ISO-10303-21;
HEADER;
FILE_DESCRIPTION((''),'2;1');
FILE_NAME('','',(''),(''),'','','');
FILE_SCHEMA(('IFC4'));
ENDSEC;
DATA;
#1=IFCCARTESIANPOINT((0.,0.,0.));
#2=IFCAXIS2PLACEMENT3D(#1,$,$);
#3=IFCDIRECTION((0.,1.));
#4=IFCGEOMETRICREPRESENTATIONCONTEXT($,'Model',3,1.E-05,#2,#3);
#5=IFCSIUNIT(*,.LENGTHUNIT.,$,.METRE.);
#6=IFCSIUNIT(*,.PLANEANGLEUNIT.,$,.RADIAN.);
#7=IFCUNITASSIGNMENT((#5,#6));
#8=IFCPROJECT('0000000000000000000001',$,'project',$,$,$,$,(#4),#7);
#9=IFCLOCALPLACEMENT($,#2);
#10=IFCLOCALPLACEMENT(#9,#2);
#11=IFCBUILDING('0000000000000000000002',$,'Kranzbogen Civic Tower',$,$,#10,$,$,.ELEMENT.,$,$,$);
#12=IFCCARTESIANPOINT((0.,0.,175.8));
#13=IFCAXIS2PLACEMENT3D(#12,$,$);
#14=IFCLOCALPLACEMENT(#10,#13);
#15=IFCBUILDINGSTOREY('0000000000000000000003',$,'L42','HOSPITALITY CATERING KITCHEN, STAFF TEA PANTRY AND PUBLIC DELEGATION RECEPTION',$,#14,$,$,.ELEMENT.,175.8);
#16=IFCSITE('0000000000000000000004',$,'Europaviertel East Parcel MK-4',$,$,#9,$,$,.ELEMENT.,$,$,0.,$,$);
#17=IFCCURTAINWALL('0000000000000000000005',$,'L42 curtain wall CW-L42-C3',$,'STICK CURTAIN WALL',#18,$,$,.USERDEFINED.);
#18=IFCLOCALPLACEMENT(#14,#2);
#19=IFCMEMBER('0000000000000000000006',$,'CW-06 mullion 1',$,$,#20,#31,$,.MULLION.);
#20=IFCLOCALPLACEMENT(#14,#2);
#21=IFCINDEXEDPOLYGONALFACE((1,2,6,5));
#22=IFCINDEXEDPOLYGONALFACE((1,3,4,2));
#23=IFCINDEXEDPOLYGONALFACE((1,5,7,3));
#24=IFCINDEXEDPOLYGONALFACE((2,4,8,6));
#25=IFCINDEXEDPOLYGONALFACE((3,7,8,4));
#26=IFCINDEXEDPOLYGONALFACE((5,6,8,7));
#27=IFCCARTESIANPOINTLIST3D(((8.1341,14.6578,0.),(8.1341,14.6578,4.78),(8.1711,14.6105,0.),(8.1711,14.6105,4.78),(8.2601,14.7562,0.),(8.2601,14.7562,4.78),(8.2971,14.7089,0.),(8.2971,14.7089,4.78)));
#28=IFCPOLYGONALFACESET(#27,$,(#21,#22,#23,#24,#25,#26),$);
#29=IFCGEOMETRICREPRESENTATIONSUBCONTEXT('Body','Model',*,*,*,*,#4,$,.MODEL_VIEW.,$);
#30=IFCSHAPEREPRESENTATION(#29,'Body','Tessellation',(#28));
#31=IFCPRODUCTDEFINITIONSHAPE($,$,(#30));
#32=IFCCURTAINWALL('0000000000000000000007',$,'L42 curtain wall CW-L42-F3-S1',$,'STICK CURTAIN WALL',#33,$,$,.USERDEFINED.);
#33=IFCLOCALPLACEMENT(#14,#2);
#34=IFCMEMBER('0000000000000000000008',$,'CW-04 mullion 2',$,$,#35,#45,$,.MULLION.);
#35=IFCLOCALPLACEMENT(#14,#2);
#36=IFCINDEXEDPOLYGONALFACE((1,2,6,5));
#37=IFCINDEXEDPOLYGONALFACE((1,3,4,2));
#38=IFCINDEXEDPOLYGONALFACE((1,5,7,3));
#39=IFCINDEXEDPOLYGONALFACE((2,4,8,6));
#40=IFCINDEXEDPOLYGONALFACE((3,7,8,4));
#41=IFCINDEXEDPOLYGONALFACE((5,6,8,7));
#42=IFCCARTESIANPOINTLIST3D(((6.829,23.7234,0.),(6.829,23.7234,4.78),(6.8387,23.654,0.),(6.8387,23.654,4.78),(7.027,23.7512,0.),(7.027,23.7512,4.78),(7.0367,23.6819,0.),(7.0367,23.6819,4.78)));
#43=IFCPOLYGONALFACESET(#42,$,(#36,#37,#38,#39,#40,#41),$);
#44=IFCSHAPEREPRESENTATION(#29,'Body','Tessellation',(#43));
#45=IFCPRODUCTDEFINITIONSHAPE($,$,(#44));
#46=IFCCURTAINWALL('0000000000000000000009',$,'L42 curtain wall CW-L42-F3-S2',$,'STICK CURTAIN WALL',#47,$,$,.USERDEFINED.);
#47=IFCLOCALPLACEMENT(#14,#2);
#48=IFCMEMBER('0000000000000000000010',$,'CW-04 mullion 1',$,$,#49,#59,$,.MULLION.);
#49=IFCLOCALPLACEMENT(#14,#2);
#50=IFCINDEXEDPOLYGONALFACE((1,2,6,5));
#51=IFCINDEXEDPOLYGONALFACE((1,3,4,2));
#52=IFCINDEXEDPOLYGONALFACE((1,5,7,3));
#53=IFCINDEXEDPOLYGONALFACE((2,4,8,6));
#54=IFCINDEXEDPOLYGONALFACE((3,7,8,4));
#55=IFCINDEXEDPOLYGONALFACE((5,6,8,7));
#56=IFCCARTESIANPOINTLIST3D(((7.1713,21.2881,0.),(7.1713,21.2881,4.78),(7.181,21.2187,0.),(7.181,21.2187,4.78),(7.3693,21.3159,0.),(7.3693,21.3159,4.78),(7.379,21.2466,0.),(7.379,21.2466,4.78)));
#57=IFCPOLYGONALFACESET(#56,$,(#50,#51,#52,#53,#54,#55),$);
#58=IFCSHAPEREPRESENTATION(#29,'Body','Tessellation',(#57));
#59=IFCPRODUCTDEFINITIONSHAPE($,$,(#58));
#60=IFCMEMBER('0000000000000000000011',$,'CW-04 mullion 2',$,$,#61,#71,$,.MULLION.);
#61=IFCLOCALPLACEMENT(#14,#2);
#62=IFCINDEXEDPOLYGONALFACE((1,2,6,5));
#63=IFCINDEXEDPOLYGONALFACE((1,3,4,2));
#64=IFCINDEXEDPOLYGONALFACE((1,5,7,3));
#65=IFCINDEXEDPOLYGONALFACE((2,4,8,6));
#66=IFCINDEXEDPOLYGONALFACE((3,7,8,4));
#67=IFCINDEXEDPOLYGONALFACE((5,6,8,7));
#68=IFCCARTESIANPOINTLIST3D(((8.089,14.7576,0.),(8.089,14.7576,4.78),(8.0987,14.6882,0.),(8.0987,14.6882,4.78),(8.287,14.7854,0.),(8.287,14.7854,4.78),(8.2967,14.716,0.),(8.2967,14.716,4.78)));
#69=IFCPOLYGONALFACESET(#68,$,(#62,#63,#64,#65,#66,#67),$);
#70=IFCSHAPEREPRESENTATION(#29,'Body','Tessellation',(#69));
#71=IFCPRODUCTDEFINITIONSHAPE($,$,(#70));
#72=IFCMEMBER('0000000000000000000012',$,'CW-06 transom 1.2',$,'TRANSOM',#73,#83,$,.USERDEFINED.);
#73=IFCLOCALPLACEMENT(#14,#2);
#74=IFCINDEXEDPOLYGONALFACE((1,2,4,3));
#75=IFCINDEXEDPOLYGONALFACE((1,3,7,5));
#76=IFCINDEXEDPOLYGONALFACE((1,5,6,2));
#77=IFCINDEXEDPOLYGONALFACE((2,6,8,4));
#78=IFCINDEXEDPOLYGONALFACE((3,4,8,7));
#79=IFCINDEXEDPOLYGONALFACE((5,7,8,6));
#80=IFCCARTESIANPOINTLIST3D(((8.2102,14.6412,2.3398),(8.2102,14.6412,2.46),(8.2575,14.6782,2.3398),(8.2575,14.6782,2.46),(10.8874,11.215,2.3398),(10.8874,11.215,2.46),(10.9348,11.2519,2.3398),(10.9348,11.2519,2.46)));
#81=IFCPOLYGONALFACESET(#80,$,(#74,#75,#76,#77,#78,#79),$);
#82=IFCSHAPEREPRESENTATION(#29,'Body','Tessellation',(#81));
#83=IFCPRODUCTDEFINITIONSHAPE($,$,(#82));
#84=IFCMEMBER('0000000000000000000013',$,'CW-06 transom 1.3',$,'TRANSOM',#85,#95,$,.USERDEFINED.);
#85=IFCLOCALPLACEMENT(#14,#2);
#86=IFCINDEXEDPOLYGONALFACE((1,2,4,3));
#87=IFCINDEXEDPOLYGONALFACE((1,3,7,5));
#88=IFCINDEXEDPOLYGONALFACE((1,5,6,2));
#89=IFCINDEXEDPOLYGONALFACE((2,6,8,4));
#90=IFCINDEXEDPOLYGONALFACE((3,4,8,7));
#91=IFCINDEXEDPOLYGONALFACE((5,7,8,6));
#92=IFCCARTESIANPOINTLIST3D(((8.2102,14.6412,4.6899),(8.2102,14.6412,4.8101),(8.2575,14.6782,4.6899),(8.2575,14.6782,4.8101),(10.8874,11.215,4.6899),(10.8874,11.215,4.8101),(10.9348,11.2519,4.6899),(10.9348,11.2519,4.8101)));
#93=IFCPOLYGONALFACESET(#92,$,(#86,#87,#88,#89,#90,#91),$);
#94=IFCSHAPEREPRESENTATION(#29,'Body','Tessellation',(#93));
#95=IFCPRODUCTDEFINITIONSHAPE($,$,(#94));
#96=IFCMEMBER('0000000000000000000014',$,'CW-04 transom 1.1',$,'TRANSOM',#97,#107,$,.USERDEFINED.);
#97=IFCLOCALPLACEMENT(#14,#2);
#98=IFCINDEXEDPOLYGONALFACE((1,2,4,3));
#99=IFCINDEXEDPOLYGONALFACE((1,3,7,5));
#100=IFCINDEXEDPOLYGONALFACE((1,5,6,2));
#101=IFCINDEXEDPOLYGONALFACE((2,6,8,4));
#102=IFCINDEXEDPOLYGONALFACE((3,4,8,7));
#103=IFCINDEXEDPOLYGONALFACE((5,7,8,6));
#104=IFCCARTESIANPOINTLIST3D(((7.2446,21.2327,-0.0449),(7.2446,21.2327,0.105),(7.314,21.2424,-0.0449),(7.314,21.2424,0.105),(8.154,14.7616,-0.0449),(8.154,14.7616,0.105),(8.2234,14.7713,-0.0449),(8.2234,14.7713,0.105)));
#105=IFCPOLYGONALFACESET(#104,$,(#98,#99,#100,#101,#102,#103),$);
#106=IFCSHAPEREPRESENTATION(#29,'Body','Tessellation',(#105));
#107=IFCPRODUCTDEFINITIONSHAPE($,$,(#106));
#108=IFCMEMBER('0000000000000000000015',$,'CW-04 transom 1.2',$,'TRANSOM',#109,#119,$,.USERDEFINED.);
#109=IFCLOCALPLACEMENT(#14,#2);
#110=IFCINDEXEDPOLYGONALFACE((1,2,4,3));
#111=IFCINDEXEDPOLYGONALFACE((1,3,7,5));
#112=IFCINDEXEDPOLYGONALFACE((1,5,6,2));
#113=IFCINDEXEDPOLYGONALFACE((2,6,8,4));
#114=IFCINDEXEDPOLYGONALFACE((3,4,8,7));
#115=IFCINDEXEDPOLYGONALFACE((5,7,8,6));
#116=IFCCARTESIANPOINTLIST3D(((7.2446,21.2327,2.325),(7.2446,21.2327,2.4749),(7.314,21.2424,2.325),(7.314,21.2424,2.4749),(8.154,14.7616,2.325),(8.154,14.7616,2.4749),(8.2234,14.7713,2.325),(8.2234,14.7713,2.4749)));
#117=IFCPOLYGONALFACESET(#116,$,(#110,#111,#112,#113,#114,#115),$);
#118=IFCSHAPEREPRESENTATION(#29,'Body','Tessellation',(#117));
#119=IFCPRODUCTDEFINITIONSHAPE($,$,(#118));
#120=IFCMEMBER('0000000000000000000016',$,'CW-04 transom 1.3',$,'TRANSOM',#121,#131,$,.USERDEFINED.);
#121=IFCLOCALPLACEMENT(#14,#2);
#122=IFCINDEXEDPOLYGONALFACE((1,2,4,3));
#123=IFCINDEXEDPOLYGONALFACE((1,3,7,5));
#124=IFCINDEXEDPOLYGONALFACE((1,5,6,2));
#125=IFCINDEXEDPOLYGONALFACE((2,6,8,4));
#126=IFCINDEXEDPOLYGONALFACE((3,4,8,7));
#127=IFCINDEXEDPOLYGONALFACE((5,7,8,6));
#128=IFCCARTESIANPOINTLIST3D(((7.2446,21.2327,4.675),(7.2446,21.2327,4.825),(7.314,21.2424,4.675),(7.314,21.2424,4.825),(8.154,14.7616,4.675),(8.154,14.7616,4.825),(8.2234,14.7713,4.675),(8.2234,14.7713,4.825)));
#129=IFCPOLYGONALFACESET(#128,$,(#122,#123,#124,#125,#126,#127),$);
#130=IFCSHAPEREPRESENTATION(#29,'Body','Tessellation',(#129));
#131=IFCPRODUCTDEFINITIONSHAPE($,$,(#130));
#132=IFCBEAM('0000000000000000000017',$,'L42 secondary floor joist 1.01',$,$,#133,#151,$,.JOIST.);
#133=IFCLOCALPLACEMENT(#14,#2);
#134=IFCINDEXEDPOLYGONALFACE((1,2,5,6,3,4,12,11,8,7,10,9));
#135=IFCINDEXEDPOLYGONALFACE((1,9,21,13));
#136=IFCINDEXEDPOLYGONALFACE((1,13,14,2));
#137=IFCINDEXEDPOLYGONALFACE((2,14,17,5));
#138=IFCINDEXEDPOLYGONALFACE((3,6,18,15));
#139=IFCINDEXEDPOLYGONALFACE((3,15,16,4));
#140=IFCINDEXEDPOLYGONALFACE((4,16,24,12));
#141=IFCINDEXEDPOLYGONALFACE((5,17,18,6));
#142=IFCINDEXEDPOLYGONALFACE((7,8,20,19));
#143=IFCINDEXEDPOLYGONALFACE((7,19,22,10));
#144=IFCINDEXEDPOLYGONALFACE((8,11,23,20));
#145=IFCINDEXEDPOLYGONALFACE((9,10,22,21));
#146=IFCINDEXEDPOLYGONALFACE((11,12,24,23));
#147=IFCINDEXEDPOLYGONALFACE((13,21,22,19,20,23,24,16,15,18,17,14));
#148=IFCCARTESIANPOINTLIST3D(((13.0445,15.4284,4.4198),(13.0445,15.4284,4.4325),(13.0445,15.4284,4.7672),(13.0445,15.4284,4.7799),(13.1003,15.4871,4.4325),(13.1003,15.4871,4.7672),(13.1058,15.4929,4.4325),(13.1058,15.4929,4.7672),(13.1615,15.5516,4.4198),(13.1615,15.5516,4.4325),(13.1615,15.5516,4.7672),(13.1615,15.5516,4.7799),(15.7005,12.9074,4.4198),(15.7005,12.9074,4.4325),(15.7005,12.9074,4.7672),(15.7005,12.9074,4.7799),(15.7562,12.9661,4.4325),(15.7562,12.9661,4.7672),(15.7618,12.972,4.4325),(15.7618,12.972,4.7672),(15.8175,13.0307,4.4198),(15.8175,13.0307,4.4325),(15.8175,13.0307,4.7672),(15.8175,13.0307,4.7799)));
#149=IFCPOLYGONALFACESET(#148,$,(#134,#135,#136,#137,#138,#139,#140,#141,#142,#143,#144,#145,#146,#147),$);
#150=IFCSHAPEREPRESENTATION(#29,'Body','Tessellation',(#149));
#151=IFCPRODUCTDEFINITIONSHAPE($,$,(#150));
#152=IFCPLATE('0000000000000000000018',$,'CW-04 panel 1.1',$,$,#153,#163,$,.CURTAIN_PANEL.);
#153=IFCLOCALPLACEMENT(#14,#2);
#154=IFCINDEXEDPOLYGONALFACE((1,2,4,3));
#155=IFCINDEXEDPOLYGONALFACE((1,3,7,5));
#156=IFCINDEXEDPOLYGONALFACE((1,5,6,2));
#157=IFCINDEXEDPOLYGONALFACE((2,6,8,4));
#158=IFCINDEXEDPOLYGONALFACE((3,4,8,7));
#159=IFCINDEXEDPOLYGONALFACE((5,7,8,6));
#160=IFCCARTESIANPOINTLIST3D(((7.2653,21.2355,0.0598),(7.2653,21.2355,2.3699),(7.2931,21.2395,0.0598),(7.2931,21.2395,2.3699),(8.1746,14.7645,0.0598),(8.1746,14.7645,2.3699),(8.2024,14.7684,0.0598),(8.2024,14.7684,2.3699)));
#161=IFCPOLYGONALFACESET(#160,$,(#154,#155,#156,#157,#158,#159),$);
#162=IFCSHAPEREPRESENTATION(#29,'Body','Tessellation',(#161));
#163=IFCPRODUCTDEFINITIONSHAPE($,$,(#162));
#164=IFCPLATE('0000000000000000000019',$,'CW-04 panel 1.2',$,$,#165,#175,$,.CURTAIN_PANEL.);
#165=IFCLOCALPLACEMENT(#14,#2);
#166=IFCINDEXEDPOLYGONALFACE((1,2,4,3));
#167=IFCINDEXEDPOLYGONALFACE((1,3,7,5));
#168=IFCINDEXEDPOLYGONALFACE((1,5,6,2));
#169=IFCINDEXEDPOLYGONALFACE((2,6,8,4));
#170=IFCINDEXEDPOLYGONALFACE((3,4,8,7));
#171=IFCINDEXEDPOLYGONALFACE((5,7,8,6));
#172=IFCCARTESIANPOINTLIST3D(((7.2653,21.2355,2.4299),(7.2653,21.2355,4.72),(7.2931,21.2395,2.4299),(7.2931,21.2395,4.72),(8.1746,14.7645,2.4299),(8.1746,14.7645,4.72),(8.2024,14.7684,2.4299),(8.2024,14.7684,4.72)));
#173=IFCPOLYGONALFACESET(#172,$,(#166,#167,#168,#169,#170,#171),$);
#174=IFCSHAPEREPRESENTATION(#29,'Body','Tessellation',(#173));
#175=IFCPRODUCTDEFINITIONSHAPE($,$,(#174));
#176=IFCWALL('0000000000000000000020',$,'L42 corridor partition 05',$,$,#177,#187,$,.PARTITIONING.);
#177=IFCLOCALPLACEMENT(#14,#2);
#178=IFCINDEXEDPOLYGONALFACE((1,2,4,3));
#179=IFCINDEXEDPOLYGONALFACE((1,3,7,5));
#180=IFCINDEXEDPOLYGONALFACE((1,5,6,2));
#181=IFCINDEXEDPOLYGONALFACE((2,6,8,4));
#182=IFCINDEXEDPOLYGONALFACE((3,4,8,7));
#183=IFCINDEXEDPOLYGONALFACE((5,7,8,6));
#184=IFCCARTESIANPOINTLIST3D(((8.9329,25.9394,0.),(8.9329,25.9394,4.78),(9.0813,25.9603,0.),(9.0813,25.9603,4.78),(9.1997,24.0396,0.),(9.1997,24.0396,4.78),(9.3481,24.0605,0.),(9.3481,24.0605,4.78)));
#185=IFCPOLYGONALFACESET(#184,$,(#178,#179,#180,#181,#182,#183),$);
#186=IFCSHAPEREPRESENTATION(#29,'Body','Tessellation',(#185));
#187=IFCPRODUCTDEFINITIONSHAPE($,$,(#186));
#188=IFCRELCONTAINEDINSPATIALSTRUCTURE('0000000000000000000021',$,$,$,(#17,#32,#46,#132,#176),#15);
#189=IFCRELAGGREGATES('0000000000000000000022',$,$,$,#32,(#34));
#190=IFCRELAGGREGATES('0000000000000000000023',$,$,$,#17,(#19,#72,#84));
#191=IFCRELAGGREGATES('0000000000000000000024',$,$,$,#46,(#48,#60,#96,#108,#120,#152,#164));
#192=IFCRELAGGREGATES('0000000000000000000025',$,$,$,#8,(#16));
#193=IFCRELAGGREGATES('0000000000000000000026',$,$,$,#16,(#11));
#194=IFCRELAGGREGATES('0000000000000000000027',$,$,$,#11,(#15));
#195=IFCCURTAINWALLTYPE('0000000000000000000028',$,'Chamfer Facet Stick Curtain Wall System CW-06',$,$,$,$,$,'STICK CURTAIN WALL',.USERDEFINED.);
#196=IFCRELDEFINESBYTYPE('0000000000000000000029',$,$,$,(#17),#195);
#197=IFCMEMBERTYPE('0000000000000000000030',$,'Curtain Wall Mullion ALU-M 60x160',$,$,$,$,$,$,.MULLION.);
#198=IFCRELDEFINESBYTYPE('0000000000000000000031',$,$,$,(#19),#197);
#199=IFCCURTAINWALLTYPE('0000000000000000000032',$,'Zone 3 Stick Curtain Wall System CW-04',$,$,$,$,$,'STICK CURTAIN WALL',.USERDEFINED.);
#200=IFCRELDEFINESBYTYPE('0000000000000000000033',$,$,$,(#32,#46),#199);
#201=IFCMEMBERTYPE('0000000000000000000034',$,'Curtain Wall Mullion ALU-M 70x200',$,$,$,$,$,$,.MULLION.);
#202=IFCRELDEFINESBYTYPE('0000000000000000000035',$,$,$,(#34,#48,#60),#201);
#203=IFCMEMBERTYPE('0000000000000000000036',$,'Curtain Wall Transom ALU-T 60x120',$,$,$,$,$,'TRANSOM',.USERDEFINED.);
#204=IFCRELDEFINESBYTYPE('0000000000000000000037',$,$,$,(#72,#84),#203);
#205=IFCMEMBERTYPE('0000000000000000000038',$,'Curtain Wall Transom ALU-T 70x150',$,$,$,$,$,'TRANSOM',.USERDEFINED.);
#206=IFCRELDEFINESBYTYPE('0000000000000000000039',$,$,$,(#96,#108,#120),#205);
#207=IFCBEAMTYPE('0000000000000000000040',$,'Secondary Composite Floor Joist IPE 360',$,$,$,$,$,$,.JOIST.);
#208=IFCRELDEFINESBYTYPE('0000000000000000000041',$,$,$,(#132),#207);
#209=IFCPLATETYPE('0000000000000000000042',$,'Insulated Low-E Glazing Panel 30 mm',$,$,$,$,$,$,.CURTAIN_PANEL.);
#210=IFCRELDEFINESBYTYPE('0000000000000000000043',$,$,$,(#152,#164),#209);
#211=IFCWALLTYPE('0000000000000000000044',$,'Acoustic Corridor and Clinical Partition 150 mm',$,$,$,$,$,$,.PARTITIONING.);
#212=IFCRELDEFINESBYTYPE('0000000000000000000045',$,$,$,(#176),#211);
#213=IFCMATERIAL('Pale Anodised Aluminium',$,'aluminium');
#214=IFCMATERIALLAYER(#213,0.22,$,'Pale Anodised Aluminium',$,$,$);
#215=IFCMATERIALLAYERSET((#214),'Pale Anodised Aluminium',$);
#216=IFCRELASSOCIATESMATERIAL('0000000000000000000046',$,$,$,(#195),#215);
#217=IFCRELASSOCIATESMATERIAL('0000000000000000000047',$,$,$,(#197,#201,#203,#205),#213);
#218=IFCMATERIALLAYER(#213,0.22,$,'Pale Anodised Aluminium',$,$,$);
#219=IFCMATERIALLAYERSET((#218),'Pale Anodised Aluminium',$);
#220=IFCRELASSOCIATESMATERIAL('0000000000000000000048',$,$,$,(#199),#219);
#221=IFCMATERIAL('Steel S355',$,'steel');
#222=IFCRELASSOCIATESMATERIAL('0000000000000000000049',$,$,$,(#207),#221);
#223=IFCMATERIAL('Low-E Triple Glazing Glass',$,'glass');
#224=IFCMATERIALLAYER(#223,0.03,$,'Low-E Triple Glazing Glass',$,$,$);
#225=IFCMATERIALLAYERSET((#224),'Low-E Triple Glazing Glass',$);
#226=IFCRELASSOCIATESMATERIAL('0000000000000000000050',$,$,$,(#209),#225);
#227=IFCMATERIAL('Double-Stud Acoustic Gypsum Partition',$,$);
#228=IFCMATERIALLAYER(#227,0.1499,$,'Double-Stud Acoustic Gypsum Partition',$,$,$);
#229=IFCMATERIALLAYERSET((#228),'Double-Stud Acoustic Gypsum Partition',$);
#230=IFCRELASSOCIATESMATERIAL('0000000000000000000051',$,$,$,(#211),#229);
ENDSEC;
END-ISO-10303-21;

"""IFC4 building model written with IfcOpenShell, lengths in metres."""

from ifc_helpers import new_model, si_unit, direction, frame, frame_2d, origin, origin_2d, place, context, subcontext, project, spatial, rectangle, i_section, extrude, material, layer, layer_set, material_profile, profile_set, type_object, element, aggregate, save


model = new_model("IFC4")

# Units and contexts
model_context = context("Model", 3, precision=1e-05, world=origin(), true_north=direction((0.0, 1.0)))
body_context = subcontext(model_context, "Body", "Model", "MODEL_VIEW")
ifc_project = project(units=[si_unit("LENGTHUNIT", "METRE"), si_unit("PLANEANGLEUNIT", "RADIAN")], contexts=[model_context])

# Site, building, storey
site_placement = place(None, origin())
site = spatial("IfcSite", under=ifc_project, at=site_placement, Name="Europaviertel East Parcel MK-4", CompositionType="ELEMENT", RefElevation=0.0)
building_placement = place(site_placement, origin())
building = spatial("IfcBuilding", under=site, at=building_placement, Name="Kranzbogen Civic Tower", CompositionType="ELEMENT")
storey_placement = place(building_placement, frame((0.0, 0.0, 175.8)))
storey = spatial("IfcBuildingStorey", under=building, at=storey_placement, Name="L42", Description="HOSPITALITY CATERING KITCHEN, STAFF TEA PANTRY AND PUBLIC DELEGATION RECEPTION", CompositionType="ELEMENT", Elevation=175.8)

# Curtain walls, members
ifc_material_1 = material(Name="Pale Anodised Aluminium", Category="aluminium")
ifc_layer_1 = layer(ifc_material_1, 0.22, Name="Pale Anodised Aluminium")
ifc_layer_set_1 = layer_set([ifc_layer_1], Name="Pale Anodised Aluminium")
curtain_wall_type_1 = type_object("IfcCurtainWallType", Name="Chamfer Facet Stick Curtain Wall System CW-06", ElementType="STICK CURTAIN WALL", PredefinedType="USERDEFINED", material=ifc_layer_set_1)
curtain_wall_1_placement = place(storey_placement, origin())
curtain_wall_1 = element("IfcCurtainWall", 1, at=curtain_wall_1_placement, inside=storey, type_object=curtain_wall_type_1, Name="L42 curtain wall CW-L42-C3", ObjectType="STICK CURTAIN WALL", PredefinedType="USERDEFINED")
ifc_material_profile_1 = material_profile(ifc_material_1, rectangle(XDim=0.0601, YDim=0.1599, at=origin_2d()), Name="ALU-M 60x160")
ifc_profile_set_1 = profile_set([ifc_material_profile_1], Name="Pale Anodised Aluminium")
member_type_1 = type_object("IfcMemberType", Name="Curtain Wall Mullion ALU-M 60x160", PredefinedType="MULLION", material=ifc_profile_set_1)
member_1_placement = place(storey_placement, frame((8.2156, 14.6833, 0.0), z_axis=(0.0, 0.0, 1.0), x_axis=(0.615674, -0.788001, 0.0)))
member_1 = element("IfcMember", 2, at=member_1_placement, type_object=member_type_1, Name="CW-06 mullion 1", PredefinedType="MULLION", context=body_context, shape_type="SweptSolid", body=[
    extrude(rectangle(XDim=0.0601, YDim=0.1599, at=origin_2d()), origin(), (0.0, 0.0, 1.0), 4.78),
])
ifc_layer_2 = layer(ifc_material_1, 0.22, Name="Pale Anodised Aluminium")
ifc_layer_set_2 = layer_set([ifc_layer_2], Name="Pale Anodised Aluminium")
curtain_wall_type_2 = type_object("IfcCurtainWallType", Name="Zone 3 Stick Curtain Wall System CW-04", ElementType="STICK CURTAIN WALL", PredefinedType="USERDEFINED", material=ifc_layer_set_2)
curtain_wall_2_placement = place(storey_placement, origin())
curtain_wall_2 = element("IfcCurtainWall", 3, at=curtain_wall_2_placement, inside=storey, type_object=curtain_wall_type_2, Name="L42 curtain wall CW-L42-F3-S1", ObjectType="STICK CURTAIN WALL", PredefinedType="USERDEFINED")
ifc_material_profile_2 = material_profile(ifc_material_1, rectangle(XDim=0.0701, YDim=0.2, at=origin_2d()), Name="ALU-M 70x200")
ifc_profile_set_2 = profile_set([ifc_material_profile_2], Name="Pale Anodised Aluminium")
member_type_2 = type_object("IfcMemberType", Name="Curtain Wall Mullion ALU-M 70x200", PredefinedType="MULLION", material=ifc_profile_set_2)
member_2_placement = place(storey_placement, frame((6.9329, 23.7026, 0.0), z_axis=(0.0, 0.0, 1.0), x_axis=(0.139149, -0.990271, 0.0)))
member_2 = element("IfcMember", 4, at=member_2_placement, type_object=member_type_2, Name="CW-04 mullion 2", PredefinedType="MULLION", context=body_context, shape_type="SweptSolid", body=[
    extrude(rectangle(XDim=0.0701, YDim=0.2, at=origin_2d()), origin(), (0.0, 0.0, 1.0), 4.78),
])
aggregate(curtain_wall_2, [member_2])

# Curtain wall, members
curtain_wall_3_placement = place(storey_placement, origin())
curtain_wall_3 = element("IfcCurtainWall", 5, at=curtain_wall_3_placement, inside=storey, type_object=curtain_wall_type_2, Name="L42 curtain wall CW-L42-F3-S2", ObjectType="STICK CURTAIN WALL", PredefinedType="USERDEFINED")
member_3_placement = place(storey_placement, frame((7.2751, 21.2673, 0.0), z_axis=(0.0, 0.0, 1.0), x_axis=(0.139149, -0.990271, 0.0)))
member_3 = element("IfcMember", 6, at=member_3_placement, type_object=member_type_2, Name="CW-04 mullion 1", PredefinedType="MULLION", context=body_context, shape_type="SweptSolid", body=[
    extrude(rectangle(XDim=0.0701, YDim=0.2, at=origin_2d()), origin(), (0.0, 0.0, 1.0), 4.78),
])
member_4_placement = place(storey_placement, frame((8.1929, 14.7368, 0.0), z_axis=(0.0, 0.0, 1.0), x_axis=(0.139149, -0.990271, 0.0)))
member_4 = element("IfcMember", 7, at=member_4_placement, type_object=member_type_2, Name="CW-04 mullion 2", PredefinedType="MULLION", context=body_context, shape_type="SweptSolid", body=[
    extrude(rectangle(XDim=0.0701, YDim=0.2, at=origin_2d()), origin(), (0.0, 0.0, 1.0), 4.78),
])

# Members
ifc_material_profile_3 = material_profile(ifc_material_1, rectangle(XDim=0.0601, YDim=0.1201, at=origin_2d()), Name="ALU-T 60x120")
ifc_profile_set_3 = profile_set([ifc_material_profile_3], Name="Pale Anodised Aluminium")
member_type_3 = type_object("IfcMemberType", Name="Curtain Wall Transom ALU-T 60x120", ElementType="TRANSOM", PredefinedType="USERDEFINED", material=ifc_profile_set_3)
member_5_placement = place(storey_placement, frame((8.2339, 14.6597, 2.3999), z_axis=(0.615712, -0.787972, 0.0), x_axis=(0.787972, 0.615712, 0.0)))
member_5 = element("IfcMember", 8, at=member_5_placement, type_object=member_type_3, Name="CW-06 transom 1.2", ObjectType="TRANSOM", PredefinedType="USERDEFINED", context=body_context, shape_type="SweptSolid", body=[
    extrude(rectangle(XDim=0.0601, YDim=0.1201, at=origin_2d()), origin(), (0.0, 0.0, 1.0), 4.3481),
])
member_6_placement = place(storey_placement, frame((8.2339, 14.6597, 4.75), z_axis=(0.615712, -0.787972, 0.0), x_axis=(0.787972, 0.615712, 0.0)))
member_6 = element("IfcMember", 9, at=member_6_placement, type_object=member_type_3, Name="CW-06 transom 1.3", ObjectType="TRANSOM", PredefinedType="USERDEFINED", context=body_context, shape_type="SweptSolid", body=[
    extrude(rectangle(XDim=0.0601, YDim=0.1201, at=origin_2d()), origin(), (0.0, 0.0, 1.0), 4.3481),
])
aggregate(curtain_wall_1, [member_1, member_5, member_6])
ifc_material_profile_4 = material_profile(ifc_material_1, rectangle(XDim=0.0701, YDim=0.1499, at=origin_2d()), Name="ALU-T 70x150")
ifc_profile_set_4 = profile_set([ifc_material_profile_4], Name="Pale Anodised Aluminium")
member_type_4 = type_object("IfcMemberType", Name="Curtain Wall Transom ALU-T 70x150", ElementType="TRANSOM", PredefinedType="USERDEFINED", material=ifc_profile_set_4)
member_7_placement = place(storey_placement, frame((7.2793, 21.2375, 0.03), z_axis=(0.139167, -0.990269, 0.0), x_axis=(0.990269, 0.139167, 0.0)))
member_7 = element("IfcMember", 10, at=member_7_placement, type_object=member_type_4, Name="CW-04 transom 1.1", ObjectType="TRANSOM", PredefinedType="USERDEFINED", context=body_context, shape_type="SweptSolid", body=[
    extrude(rectangle(XDim=0.0701, YDim=0.1499, at=origin_2d()), origin(), (0.0, 0.0, 1.0), 6.5347),
])
member_8_placement = place(storey_placement, frame((7.2793, 21.2375, 2.3999), z_axis=(0.139167, -0.990269, 0.0), x_axis=(0.990269, 0.139167, 0.0)))
member_8 = element("IfcMember", 11, at=member_8_placement, type_object=member_type_4, Name="CW-04 transom 1.2", ObjectType="TRANSOM", PredefinedType="USERDEFINED", context=body_context, shape_type="SweptSolid", body=[
    extrude(rectangle(XDim=0.0701, YDim=0.1499, at=origin_2d()), origin(), (0.0, 0.0, 1.0), 6.5347),
])
member_9_placement = place(storey_placement, frame((7.2793, 21.2375, 4.75), z_axis=(0.139167, -0.990269, 0.0), x_axis=(0.990269, 0.139167, 0.0)))
member_9 = element("IfcMember", 12, at=member_9_placement, type_object=member_type_4, Name="CW-04 transom 1.3", ObjectType="TRANSOM", PredefinedType="USERDEFINED", context=body_context, shape_type="SweptSolid", body=[
    extrude(rectangle(XDim=0.0701, YDim=0.1499, at=origin_2d()), origin(), (0.0, 0.0, 1.0), 6.5347),
])

# Beam
ifc_material_2 = material(Name="Steel S355", Category="steel")
ifc_material_profile_5 = material_profile(ifc_material_2, i_section(OverallWidth=0.1699, OverallDepth=0.3601, WebThickness=0.0081, FlangeThickness=0.0127, at=origin_2d()), Name="IPE 360")
ifc_profile_set_5 = profile_set([ifc_material_profile_5], Name="Steel S355")
beam_type = type_object("IfcBeamType", Name="Secondary Composite Floor Joist IPE 360", PredefinedType="JOIST", material=ifc_profile_set_5)
beam_placement = place(storey_placement, frame((13.103, 15.49, 4.5999), z_axis=(0.725301, -0.688432, 0.0), x_axis=(0.688432, 0.725301, 0.0)))
element("IfcBeam", 13, at=beam_placement, inside=storey, type_object=beam_type, Name="L42 secondary floor joist 1.01", PredefinedType="JOIST", context=body_context, shape_type="SweptSolid", body=[
    extrude(i_section(OverallWidth=0.1699, OverallDepth=0.3601, WebThickness=0.0081, FlangeThickness=0.0127, at=origin_2d()), origin(), (0.0, 0.0, 1.0), 3.6619),
])

# Plates
ifc_material_3 = material(Name="Low-E Triple Glazing Glass", Category="glass")
ifc_layer_3 = layer(ifc_material_3, 0.03, Name="Low-E Triple Glazing Glass")
ifc_layer_set_3 = layer_set([ifc_layer_3], Name="Low-E Triple Glazing Glass")
plate_type = type_object("IfcPlateType", Name="Insulated Low-E Glazing Panel 30 mm", PredefinedType="CURTAIN_PANEL", material=ifc_layer_set_3)
plate_1_placement = place(storey_placement, frame((7.7339, 18.002, 0.0598), z_axis=(0.0, 0.0, 1.0), x_axis=(0.139149, -0.990271, 0.0)))
plate_1 = element("IfcPlate", 14, at=plate_1_placement, type_object=plate_type, Name="CW-04 panel 1.1", PredefinedType="CURTAIN_PANEL", context=body_context, shape_type="SweptSolid", body=[
    extrude(rectangle(XDim=6.5347, YDim=0.0281, at=origin_2d()), origin(), (0.0, 0.0, 1.0), 2.3101),
])
plate_2_placement = place(storey_placement, frame((7.7339, 18.002, 2.4299), z_axis=(0.0, 0.0, 1.0), x_axis=(0.139149, -0.990271, 0.0)))
plate_2 = element("IfcPlate", 15, at=plate_2_placement, type_object=plate_type, Name="CW-04 panel 1.2", PredefinedType="CURTAIN_PANEL", context=body_context, shape_type="SweptSolid", body=[
    extrude(rectangle(XDim=6.5347, YDim=0.0281, at=origin_2d()), origin(), (0.0, 0.0, 1.0), 2.29),
])
aggregate(curtain_wall_3, [member_3, member_4, member_7, member_8, member_9, plate_1, plate_2])

# Wall
ifc_material_4 = material(Name="Double-Stud Acoustic Gypsum Partition")
ifc_layer_4 = layer(ifc_material_4, 0.1499, Name="Double-Stud Acoustic Gypsum Partition")
ifc_layer_set_4 = layer_set([ifc_layer_4], Name="Double-Stud Acoustic Gypsum Partition")
wall_type_1 = type_object("IfcWallType", Name="Acoustic Corridor and Clinical Partition 150 mm", PredefinedType="PARTITIONING", material=ifc_layer_set_4)
wall_1_placement = place(storey_placement, frame((9.2739, 24.05, 0.0), z_axis=(0.0, 0.0, 1.0), x_axis=(-0.139087, 0.99028, 0.0)))
element("IfcWall", 16, at=wall_1_placement, inside=storey, type_object=wall_type_1, Name="L42 corridor partition 05", PredefinedType="PARTITIONING", context=body_context, shape_type="SweptSolid", body=[
    extrude(rectangle(XDim=1.9185, YDim=0.1499, at=frame_2d((0.9592, 0.0))), origin(), (0.0, 0.0, 1.0), 4.78),
])

save(model, "model.ifc")
